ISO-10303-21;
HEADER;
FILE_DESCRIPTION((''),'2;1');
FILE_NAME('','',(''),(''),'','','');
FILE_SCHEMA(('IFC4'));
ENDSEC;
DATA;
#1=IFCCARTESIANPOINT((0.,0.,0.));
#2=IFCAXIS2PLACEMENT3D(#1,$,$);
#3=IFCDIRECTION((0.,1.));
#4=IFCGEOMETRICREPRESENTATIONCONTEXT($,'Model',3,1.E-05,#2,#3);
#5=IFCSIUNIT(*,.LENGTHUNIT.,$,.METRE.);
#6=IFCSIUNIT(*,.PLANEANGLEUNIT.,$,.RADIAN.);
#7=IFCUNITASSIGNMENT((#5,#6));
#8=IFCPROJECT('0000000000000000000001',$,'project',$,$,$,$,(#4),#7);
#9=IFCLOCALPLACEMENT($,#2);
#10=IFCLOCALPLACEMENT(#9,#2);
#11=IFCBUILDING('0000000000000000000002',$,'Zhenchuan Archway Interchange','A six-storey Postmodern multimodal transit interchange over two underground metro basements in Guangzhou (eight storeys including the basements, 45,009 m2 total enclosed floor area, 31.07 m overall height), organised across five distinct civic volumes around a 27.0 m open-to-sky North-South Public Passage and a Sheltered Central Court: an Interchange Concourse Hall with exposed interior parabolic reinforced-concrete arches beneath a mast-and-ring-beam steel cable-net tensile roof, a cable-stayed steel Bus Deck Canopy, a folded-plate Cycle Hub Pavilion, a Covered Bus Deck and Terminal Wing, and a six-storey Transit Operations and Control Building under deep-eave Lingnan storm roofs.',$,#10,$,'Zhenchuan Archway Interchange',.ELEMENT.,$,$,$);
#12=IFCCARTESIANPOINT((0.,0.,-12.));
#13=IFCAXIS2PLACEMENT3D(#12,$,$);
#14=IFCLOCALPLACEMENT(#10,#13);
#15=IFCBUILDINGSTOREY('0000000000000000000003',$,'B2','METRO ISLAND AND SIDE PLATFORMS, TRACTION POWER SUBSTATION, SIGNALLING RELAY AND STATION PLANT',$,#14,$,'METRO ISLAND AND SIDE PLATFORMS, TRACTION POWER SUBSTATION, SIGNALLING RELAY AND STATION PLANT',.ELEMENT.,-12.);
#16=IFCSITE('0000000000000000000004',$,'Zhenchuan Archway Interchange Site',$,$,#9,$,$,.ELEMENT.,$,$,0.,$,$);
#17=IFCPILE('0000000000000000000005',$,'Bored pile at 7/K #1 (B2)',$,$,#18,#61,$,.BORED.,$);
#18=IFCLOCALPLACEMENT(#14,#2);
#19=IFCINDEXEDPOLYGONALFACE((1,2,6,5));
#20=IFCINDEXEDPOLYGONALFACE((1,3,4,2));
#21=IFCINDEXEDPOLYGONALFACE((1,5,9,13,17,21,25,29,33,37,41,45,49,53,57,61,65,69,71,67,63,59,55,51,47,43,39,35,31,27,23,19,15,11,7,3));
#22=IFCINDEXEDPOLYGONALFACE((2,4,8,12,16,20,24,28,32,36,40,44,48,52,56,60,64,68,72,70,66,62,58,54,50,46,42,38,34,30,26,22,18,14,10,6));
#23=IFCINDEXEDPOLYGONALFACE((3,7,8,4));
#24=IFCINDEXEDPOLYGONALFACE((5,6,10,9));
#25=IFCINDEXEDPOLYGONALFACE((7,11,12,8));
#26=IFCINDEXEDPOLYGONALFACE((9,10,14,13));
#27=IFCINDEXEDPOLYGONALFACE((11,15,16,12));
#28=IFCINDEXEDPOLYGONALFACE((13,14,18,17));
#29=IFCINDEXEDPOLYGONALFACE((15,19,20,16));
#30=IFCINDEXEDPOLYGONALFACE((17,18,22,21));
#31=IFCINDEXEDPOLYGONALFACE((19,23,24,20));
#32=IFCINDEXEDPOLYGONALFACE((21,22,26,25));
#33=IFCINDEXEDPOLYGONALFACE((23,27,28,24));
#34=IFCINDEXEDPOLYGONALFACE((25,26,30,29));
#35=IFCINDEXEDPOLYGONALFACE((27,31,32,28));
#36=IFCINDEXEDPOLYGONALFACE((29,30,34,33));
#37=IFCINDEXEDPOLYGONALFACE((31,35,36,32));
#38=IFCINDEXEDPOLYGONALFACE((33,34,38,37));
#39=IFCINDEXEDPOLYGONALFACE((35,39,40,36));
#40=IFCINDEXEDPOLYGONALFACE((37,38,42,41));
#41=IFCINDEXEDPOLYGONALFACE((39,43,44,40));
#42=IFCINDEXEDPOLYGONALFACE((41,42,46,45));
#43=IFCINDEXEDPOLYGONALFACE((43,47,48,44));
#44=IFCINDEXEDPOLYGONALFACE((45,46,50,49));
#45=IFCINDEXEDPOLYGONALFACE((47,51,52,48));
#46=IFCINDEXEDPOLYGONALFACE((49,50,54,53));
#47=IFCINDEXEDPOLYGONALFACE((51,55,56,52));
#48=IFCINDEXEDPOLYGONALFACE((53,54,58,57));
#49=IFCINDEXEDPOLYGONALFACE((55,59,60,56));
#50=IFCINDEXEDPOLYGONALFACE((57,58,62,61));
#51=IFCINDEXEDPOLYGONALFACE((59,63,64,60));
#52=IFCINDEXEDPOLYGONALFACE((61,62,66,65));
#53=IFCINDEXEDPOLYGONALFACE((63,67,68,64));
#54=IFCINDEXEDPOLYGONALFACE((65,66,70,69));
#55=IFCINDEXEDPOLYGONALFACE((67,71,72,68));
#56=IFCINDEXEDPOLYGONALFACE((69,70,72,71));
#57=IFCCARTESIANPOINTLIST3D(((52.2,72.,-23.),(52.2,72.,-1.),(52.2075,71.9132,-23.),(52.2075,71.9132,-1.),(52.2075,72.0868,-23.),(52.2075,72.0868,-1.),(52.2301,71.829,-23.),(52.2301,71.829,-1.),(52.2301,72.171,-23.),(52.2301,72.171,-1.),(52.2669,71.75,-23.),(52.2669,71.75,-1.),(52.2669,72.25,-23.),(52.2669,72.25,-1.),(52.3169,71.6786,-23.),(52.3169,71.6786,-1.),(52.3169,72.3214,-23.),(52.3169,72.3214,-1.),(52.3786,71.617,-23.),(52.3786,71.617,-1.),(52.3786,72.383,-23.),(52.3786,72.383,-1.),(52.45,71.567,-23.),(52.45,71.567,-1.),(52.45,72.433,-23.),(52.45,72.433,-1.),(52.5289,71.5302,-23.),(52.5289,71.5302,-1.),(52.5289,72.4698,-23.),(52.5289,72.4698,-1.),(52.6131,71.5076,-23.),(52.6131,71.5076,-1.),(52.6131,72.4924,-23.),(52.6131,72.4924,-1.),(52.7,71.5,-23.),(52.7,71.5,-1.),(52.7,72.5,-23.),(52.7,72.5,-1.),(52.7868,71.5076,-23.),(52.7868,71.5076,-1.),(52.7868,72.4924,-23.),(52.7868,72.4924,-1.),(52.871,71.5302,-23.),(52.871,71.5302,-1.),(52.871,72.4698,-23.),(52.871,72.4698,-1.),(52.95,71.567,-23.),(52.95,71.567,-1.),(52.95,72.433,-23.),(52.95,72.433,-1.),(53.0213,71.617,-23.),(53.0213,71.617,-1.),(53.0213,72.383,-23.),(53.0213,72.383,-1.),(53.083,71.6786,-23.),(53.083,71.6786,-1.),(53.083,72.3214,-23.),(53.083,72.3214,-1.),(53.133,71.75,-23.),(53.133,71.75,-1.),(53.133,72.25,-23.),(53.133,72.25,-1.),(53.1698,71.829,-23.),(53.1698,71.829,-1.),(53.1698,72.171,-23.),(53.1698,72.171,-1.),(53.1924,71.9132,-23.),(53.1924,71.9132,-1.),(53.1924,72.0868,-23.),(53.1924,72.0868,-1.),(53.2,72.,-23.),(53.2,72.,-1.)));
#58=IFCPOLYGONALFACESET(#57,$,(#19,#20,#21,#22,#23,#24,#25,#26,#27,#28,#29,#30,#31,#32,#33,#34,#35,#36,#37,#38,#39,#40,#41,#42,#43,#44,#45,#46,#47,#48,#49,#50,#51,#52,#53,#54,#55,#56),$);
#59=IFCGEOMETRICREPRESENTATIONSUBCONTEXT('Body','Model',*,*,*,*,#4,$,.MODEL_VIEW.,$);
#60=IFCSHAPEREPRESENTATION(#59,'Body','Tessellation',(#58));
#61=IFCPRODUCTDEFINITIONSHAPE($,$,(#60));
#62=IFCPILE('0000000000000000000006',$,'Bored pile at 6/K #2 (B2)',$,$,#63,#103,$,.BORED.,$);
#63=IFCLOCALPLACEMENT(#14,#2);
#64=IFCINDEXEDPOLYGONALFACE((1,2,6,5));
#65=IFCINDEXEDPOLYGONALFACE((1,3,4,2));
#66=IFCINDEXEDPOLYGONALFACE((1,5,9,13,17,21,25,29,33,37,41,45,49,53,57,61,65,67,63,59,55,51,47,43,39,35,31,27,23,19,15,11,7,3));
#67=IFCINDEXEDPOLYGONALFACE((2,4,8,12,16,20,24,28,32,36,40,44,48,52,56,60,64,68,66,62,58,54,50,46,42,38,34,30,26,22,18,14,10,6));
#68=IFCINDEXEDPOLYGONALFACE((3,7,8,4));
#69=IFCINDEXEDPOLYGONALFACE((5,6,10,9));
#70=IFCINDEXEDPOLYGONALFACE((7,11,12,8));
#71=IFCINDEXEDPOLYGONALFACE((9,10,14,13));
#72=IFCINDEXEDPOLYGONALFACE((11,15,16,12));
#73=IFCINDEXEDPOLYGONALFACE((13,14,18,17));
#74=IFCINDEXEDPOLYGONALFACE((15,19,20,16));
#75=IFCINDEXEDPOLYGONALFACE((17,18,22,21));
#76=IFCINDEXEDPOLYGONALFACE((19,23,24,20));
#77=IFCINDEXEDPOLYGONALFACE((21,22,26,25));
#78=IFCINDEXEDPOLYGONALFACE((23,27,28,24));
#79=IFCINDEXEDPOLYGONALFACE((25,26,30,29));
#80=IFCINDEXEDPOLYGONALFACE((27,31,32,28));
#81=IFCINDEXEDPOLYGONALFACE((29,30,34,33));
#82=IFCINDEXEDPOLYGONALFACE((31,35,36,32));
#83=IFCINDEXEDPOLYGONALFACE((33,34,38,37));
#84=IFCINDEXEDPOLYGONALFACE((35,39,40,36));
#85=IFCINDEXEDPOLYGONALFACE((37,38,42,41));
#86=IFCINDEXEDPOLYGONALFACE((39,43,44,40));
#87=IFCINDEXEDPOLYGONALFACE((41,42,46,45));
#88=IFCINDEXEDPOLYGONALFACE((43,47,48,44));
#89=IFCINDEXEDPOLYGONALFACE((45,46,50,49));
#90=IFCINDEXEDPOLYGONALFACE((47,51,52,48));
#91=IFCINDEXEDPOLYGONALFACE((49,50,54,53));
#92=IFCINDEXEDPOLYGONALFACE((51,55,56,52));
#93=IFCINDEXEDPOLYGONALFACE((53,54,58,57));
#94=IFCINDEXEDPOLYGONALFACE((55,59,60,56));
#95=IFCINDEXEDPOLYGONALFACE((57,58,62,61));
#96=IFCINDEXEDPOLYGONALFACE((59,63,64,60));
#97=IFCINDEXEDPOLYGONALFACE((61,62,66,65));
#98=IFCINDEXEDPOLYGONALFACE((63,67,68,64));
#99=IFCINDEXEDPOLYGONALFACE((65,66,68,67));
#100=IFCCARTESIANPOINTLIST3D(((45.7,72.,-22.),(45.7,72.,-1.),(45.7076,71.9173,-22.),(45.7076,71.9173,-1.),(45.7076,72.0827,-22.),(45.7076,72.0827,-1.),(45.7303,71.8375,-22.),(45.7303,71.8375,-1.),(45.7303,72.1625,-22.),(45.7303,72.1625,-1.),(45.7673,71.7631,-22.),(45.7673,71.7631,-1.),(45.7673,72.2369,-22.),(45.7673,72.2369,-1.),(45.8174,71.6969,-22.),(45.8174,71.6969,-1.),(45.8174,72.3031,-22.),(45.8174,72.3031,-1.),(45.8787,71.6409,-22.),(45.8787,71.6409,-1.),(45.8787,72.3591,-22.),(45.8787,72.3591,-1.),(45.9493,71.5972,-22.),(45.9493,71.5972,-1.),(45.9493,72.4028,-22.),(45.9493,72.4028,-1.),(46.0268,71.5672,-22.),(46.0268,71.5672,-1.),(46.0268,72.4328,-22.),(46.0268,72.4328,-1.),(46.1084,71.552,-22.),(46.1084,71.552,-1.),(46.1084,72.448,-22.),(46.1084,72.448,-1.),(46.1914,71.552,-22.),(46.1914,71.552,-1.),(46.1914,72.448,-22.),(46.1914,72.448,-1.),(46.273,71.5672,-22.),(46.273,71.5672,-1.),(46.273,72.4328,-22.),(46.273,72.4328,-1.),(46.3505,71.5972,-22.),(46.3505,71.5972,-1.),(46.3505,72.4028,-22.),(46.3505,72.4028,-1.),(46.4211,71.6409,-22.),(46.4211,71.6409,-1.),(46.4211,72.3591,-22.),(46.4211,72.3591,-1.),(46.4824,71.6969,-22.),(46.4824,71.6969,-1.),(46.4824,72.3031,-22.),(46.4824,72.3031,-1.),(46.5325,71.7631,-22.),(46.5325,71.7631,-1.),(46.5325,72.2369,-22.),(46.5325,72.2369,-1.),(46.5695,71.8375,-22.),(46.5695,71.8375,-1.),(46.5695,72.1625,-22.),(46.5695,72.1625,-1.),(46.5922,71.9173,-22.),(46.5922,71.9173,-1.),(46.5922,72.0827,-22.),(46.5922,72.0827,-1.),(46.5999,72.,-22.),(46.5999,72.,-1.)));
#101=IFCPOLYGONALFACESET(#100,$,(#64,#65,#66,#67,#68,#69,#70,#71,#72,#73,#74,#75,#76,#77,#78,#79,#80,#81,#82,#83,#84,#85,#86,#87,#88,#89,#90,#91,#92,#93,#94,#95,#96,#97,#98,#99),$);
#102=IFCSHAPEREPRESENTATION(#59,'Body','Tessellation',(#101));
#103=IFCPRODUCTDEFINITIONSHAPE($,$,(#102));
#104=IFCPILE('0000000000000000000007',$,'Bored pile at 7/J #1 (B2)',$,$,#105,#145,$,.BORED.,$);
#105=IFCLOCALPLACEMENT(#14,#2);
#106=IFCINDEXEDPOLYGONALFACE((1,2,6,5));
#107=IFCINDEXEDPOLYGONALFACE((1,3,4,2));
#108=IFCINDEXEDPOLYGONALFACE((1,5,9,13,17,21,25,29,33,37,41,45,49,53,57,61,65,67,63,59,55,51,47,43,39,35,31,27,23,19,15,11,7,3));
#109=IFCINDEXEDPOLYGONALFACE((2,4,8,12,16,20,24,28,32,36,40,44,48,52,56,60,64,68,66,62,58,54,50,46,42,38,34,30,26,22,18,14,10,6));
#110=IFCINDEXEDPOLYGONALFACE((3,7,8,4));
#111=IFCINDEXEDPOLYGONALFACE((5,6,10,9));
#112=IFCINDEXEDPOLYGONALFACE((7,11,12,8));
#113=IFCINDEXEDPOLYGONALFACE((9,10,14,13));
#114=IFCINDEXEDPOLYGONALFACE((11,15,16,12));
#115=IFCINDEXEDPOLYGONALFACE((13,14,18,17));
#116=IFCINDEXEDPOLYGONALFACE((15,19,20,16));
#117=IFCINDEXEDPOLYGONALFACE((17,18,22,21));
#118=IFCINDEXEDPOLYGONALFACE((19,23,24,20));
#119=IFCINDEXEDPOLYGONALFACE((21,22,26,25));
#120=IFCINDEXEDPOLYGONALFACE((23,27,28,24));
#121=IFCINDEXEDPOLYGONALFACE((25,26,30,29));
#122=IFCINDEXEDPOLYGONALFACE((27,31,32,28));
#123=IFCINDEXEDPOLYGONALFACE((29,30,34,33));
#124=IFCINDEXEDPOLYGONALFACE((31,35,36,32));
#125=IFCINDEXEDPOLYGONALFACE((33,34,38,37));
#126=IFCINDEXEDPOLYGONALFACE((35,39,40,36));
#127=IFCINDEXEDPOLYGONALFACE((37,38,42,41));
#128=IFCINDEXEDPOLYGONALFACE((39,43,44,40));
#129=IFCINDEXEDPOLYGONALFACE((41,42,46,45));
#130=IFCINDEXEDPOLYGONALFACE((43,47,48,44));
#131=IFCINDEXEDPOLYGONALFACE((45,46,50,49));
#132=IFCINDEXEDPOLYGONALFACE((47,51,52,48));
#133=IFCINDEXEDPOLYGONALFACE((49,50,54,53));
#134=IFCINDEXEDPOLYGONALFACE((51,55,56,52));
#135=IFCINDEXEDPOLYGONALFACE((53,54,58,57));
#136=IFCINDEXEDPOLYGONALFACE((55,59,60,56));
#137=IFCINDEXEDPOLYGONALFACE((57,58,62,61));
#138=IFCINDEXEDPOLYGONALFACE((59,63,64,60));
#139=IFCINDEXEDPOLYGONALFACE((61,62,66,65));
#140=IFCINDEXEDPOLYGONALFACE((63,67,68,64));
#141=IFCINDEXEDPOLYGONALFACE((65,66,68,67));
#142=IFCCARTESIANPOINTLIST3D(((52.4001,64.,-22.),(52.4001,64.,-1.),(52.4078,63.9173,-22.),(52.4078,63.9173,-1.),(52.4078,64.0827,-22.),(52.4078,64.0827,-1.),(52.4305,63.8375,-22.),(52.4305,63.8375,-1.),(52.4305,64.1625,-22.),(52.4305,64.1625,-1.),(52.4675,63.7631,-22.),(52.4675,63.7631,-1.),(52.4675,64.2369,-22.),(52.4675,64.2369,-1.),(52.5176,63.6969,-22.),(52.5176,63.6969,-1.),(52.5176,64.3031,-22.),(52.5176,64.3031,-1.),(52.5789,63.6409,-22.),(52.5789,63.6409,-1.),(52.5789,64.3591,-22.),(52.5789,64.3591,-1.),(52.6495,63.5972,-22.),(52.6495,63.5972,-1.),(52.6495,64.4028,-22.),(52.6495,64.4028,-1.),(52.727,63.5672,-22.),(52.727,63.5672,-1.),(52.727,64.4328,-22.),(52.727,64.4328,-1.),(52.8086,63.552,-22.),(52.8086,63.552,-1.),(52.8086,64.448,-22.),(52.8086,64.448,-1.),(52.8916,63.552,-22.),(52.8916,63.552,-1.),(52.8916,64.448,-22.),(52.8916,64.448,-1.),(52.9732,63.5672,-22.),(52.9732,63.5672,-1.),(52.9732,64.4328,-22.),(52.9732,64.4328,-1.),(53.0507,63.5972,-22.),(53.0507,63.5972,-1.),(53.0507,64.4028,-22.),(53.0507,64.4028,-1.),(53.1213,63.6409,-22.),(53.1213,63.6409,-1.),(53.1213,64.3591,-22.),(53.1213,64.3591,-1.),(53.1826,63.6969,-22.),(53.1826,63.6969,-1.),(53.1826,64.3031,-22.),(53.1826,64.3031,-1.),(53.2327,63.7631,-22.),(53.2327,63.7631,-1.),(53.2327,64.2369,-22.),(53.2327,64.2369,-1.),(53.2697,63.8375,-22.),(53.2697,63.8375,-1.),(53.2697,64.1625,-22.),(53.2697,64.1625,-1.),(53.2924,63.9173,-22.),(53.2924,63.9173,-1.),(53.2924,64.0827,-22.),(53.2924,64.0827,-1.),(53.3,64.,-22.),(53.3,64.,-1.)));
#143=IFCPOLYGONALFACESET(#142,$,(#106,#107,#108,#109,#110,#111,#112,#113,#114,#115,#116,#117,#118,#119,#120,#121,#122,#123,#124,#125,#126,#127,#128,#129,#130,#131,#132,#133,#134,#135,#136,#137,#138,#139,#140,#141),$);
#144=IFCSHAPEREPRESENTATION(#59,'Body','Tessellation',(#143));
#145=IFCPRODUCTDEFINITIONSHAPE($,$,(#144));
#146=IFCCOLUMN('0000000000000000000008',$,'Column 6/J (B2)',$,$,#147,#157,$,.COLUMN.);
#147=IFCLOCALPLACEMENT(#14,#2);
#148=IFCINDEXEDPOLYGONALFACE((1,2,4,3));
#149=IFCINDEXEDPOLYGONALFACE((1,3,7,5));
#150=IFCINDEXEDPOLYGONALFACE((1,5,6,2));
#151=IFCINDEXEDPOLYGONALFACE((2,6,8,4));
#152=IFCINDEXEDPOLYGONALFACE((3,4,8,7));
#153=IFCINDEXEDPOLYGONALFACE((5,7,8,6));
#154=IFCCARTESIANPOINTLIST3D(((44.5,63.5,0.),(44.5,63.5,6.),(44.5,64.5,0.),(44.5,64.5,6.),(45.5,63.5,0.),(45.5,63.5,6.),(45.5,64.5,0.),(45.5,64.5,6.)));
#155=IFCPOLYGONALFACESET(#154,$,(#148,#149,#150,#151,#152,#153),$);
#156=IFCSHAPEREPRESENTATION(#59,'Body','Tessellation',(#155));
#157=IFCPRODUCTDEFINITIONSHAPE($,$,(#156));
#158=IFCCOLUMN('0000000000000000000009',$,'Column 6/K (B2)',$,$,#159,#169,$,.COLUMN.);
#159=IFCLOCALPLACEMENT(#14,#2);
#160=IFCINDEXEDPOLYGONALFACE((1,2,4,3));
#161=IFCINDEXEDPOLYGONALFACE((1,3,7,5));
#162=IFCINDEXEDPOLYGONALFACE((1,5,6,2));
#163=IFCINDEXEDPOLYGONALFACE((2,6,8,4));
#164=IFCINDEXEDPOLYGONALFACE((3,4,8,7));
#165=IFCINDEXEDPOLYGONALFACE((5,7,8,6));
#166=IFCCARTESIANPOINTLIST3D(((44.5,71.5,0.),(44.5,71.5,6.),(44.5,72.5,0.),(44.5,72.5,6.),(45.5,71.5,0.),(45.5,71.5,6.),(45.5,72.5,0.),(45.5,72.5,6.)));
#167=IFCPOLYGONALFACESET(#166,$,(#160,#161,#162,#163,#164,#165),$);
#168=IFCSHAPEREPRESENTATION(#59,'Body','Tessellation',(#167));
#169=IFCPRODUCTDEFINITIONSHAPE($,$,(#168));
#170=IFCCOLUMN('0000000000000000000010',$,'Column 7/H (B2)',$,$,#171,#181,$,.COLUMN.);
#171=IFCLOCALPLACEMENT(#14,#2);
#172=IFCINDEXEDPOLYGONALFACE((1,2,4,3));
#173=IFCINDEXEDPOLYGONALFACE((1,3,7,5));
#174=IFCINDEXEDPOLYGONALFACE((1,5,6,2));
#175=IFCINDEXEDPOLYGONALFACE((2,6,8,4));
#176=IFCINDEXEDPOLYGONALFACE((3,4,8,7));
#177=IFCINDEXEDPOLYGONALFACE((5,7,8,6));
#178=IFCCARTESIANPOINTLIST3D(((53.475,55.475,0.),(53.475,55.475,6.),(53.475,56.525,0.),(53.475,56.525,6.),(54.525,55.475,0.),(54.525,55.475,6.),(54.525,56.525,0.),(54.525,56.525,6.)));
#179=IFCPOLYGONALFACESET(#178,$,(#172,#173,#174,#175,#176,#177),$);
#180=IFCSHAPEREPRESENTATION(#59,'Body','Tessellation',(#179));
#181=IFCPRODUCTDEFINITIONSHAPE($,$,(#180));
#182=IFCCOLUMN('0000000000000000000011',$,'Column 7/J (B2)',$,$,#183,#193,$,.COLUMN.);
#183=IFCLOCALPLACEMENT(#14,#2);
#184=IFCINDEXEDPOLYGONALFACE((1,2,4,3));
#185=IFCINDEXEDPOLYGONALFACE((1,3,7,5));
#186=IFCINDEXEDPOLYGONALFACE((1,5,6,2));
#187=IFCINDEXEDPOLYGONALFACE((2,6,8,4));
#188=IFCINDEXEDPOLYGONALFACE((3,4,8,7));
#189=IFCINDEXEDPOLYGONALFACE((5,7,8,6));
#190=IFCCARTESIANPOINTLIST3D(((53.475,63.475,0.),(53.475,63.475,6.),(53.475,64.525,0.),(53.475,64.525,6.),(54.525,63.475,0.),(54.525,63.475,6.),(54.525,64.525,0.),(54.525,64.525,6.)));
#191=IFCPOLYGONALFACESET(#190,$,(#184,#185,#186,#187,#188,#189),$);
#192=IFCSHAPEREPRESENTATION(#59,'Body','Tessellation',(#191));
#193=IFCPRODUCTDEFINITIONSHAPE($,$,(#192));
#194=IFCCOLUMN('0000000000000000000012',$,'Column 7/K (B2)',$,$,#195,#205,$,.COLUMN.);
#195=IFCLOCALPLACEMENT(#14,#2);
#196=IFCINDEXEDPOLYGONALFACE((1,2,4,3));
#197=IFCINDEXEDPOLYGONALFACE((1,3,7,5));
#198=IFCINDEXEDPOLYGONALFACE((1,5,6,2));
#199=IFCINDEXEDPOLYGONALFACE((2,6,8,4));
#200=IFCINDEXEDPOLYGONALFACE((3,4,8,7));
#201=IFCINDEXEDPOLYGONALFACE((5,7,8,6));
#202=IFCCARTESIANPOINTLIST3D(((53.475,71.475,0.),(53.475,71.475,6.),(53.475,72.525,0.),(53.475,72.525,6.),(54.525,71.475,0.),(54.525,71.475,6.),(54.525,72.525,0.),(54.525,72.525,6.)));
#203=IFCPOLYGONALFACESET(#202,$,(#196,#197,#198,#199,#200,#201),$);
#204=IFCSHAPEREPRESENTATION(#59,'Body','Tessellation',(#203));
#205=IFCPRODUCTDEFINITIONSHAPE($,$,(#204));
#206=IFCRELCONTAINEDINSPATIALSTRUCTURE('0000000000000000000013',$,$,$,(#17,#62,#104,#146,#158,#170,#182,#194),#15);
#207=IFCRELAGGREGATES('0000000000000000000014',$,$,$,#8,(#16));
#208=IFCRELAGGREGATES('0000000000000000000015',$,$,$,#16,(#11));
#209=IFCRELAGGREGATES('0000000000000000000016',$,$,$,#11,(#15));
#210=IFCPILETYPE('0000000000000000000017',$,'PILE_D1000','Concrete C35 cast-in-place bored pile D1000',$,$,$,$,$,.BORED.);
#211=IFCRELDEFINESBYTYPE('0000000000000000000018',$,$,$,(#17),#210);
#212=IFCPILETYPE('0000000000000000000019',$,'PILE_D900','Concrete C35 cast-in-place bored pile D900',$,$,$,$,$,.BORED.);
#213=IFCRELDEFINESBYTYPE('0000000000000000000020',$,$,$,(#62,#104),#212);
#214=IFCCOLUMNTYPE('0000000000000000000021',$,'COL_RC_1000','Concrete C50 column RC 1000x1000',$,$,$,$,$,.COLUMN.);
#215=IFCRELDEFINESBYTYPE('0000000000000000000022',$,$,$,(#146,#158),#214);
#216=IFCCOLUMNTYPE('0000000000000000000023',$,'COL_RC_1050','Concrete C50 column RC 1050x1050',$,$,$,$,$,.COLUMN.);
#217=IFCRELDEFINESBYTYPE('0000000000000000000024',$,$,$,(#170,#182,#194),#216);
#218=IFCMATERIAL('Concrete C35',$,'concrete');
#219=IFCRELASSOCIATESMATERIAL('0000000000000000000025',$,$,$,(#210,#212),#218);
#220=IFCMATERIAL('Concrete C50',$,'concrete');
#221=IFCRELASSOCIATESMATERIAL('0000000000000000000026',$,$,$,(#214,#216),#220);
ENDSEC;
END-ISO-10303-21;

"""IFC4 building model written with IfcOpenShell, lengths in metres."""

from ifc_helpers import new_model, si_unit, direction, frame, origin, origin_2d, place, context, subcontext, project, spatial, rectangle, circle, extrude, material, material_profile, profile_set, type_object, element, save


model = new_model("IFC4")

# Units and contexts
model_context = context("Model", 3, precision=1e-05, world=origin(), true_north=direction((0.0, 1.0)))
body_context = subcontext(model_context, "Body", "Model", "MODEL_VIEW")
ifc_project = project(units=[si_unit("LENGTHUNIT", "METRE"), si_unit("PLANEANGLEUNIT", "RADIAN")], contexts=[model_context])

# Site, building, storey
site_placement = place(None, origin())
site = spatial("IfcSite", under=ifc_project, at=site_placement, Name="Zhenchuan Archway Interchange Site", CompositionType="ELEMENT", RefElevation=0.0)
building_placement = place(site_placement, origin())
building = spatial("IfcBuilding", under=site, at=building_placement, Name="Zhenchuan Archway Interchange", Description="A six-storey Postmodern multimodal transit interchange over two underground metro basements in Guangzhou (eight storeys including the basements, 45,009 m2 total enclosed floor area, 31.07 m overall height), organised across five distinct civic volumes around a 27.0 m open-to-sky North-South Public Passage and a Sheltered Central Court: an Interchange Concourse Hall with exposed interior parabolic reinforced-concrete arches beneath a mast-and-ring-beam steel cable-net tensile roof, a cable-stayed steel Bus Deck Canopy, a folded-plate Cycle Hub Pavilion, a Covered Bus Deck and Terminal Wing, and a six-storey Transit Operations and Control Building under deep-eave Lingnan storm roofs.", LongName="Zhenchuan Archway Interchange", CompositionType="ELEMENT")
storey_placement = place(building_placement, frame((0.0, 0.0, -12.0)))
storey = spatial("IfcBuildingStorey", under=building, at=storey_placement, Name="B2", Description="METRO ISLAND AND SIDE PLATFORMS, TRACTION POWER SUBSTATION, SIGNALLING RELAY AND STATION PLANT", LongName="METRO ISLAND AND SIDE PLATFORMS, TRACTION POWER SUBSTATION, SIGNALLING RELAY AND STATION PLANT", CompositionType="ELEMENT", Elevation=-12.0)

# Piles
ifc_material_1 = material(Name="Concrete C35", Category="concrete")
ifc_material_profile_1 = material_profile(ifc_material_1, circle(Radius=0.5, at=origin_2d()), Name="BORED PILE 1000")
ifc_profile_set_1 = profile_set([ifc_material_profile_1], Name="Concrete C35")
pile_type_1 = type_object("IfcPileType", Name="PILE_D1000", Description="Concrete C35 cast-in-place bored pile D1000", PredefinedType="BORED", material=ifc_profile_set_1)
for number, where, z_axis, x_axis, name in (
    (1, (52.7, 72.0, -1.0), (0.0, 0.0, -1.0), (1.0, 0.0, 0.0), "Bored pile at 7/K #1 (B2)"),
):
    element("IfcPile", number, at=place(storey_placement, frame(where, z_axis=z_axis, x_axis=x_axis)), inside=storey, type_object=pile_type_1, Name=name, PredefinedType="BORED", context=body_context, shape_type="SweptSolid", body=[
        extrude(circle(Radius=0.5, at=origin_2d()), origin(), (0.0, 0.0, 1.0), 22.0),
    ])
ifc_material_profile_2 = material_profile(ifc_material_1, circle(Radius=0.45, at=origin_2d()), Name="BORED PILE 900")
ifc_profile_set_2 = profile_set([ifc_material_profile_2], Name="Concrete C35")
pile_type_2 = type_object("IfcPileType", Name="PILE_D900", Description="Concrete C35 cast-in-place bored pile D900", PredefinedType="BORED", material=ifc_profile_set_2)
for number, where, z_axis, x_axis, name in (
    (2, (46.1499, 72.0, -1.0), (0.0, 0.0, -1.0), (1.0, 0.0, 0.0), "Bored pile at 6/K #2 (B2)"),
    (3, (52.8501, 64.0, -1.0), (0.0, 0.0, -1.0), (1.0, 0.0, 0.0), "Bored pile at 7/J #1 (B2)"),
):
    element("IfcPile", number, at=place(storey_placement, frame(where, z_axis=z_axis, x_axis=x_axis)), inside=storey, type_object=pile_type_2, Name=name, PredefinedType="BORED", context=body_context, shape_type="SweptSolid", body=[
        extrude(circle(Radius=0.45, at=origin_2d()), origin(), (0.0, 0.0, 1.0), 21.0),
    ])

# Columns
ifc_material_2 = material(Name="Concrete C50", Category="concrete")
ifc_material_profile_3 = material_profile(ifc_material_2, rectangle(XDim=1.0, YDim=1.0, at=origin_2d()), Name="RC 1000x1000")
ifc_profile_set_3 = profile_set([ifc_material_profile_3], Name="Concrete C50")
column_type_1 = type_object("IfcColumnType", Name="COL_RC_1000", Description="Concrete C50 column RC 1000x1000", PredefinedType="COLUMN", material=ifc_profile_set_3)
for number, where, z_axis, x_axis, name in (
    (4, (45.0, 64.0, 0.0), (0.0, 0.0, 1.0), (1.0, 0.0, 0.0), "Column 6/J (B2)"),
    (5, (45.0, 72.0, 0.0), (0.0, 0.0, 1.0), (1.0, 0.0, 0.0), "Column 6/K (B2)"),
):
    element("IfcColumn", number, at=place(storey_placement, frame(where, z_axis=z_axis, x_axis=x_axis)), inside=storey, type_object=column_type_1, Name=name, PredefinedType="COLUMN", context=body_context, shape_type="SweptSolid", body=[
        extrude(rectangle(XDim=1.0, YDim=1.0, at=origin_2d()), origin(), (0.0, 0.0, 1.0), 6.0),
    ])
ifc_material_profile_4 = material_profile(ifc_material_2, rectangle(XDim=1.05, YDim=1.05, at=origin_2d()), Name="RC 1050x1050")
ifc_profile_set_4 = profile_set([ifc_material_profile_4], Name="Concrete C50")
column_type_2 = type_object("IfcColumnType", Name="COL_RC_1050", Description="Concrete C50 column RC 1050x1050", PredefinedType="COLUMN", material=ifc_profile_set_4)
for number, where, z_axis, x_axis, name in (
    (6, (54.0, 56.0, 0.0), (0.0, 0.0, 1.0), (1.0, 0.0, 0.0), "Column 7/H (B2)"),
    (7, (54.0, 64.0, 0.0), (0.0, 0.0, 1.0), (1.0, 0.0, 0.0), "Column 7/J (B2)"),
    (8, (54.0, 72.0, 0.0), (0.0, 0.0, 1.0), (1.0, 0.0, 0.0), "Column 7/K (B2)"),
):
    element("IfcColumn", number, at=place(storey_placement, frame(where, z_axis=z_axis, x_axis=x_axis)), inside=storey, type_object=column_type_2, Name=name, PredefinedType="COLUMN", context=body_context, shape_type="SweptSolid", body=[
        extrude(rectangle(XDim=1.05, YDim=1.05, at=origin_2d()), origin(), (0.0, 0.0, 1.0), 6.0),
    ])

save(model, "model.ifc")
